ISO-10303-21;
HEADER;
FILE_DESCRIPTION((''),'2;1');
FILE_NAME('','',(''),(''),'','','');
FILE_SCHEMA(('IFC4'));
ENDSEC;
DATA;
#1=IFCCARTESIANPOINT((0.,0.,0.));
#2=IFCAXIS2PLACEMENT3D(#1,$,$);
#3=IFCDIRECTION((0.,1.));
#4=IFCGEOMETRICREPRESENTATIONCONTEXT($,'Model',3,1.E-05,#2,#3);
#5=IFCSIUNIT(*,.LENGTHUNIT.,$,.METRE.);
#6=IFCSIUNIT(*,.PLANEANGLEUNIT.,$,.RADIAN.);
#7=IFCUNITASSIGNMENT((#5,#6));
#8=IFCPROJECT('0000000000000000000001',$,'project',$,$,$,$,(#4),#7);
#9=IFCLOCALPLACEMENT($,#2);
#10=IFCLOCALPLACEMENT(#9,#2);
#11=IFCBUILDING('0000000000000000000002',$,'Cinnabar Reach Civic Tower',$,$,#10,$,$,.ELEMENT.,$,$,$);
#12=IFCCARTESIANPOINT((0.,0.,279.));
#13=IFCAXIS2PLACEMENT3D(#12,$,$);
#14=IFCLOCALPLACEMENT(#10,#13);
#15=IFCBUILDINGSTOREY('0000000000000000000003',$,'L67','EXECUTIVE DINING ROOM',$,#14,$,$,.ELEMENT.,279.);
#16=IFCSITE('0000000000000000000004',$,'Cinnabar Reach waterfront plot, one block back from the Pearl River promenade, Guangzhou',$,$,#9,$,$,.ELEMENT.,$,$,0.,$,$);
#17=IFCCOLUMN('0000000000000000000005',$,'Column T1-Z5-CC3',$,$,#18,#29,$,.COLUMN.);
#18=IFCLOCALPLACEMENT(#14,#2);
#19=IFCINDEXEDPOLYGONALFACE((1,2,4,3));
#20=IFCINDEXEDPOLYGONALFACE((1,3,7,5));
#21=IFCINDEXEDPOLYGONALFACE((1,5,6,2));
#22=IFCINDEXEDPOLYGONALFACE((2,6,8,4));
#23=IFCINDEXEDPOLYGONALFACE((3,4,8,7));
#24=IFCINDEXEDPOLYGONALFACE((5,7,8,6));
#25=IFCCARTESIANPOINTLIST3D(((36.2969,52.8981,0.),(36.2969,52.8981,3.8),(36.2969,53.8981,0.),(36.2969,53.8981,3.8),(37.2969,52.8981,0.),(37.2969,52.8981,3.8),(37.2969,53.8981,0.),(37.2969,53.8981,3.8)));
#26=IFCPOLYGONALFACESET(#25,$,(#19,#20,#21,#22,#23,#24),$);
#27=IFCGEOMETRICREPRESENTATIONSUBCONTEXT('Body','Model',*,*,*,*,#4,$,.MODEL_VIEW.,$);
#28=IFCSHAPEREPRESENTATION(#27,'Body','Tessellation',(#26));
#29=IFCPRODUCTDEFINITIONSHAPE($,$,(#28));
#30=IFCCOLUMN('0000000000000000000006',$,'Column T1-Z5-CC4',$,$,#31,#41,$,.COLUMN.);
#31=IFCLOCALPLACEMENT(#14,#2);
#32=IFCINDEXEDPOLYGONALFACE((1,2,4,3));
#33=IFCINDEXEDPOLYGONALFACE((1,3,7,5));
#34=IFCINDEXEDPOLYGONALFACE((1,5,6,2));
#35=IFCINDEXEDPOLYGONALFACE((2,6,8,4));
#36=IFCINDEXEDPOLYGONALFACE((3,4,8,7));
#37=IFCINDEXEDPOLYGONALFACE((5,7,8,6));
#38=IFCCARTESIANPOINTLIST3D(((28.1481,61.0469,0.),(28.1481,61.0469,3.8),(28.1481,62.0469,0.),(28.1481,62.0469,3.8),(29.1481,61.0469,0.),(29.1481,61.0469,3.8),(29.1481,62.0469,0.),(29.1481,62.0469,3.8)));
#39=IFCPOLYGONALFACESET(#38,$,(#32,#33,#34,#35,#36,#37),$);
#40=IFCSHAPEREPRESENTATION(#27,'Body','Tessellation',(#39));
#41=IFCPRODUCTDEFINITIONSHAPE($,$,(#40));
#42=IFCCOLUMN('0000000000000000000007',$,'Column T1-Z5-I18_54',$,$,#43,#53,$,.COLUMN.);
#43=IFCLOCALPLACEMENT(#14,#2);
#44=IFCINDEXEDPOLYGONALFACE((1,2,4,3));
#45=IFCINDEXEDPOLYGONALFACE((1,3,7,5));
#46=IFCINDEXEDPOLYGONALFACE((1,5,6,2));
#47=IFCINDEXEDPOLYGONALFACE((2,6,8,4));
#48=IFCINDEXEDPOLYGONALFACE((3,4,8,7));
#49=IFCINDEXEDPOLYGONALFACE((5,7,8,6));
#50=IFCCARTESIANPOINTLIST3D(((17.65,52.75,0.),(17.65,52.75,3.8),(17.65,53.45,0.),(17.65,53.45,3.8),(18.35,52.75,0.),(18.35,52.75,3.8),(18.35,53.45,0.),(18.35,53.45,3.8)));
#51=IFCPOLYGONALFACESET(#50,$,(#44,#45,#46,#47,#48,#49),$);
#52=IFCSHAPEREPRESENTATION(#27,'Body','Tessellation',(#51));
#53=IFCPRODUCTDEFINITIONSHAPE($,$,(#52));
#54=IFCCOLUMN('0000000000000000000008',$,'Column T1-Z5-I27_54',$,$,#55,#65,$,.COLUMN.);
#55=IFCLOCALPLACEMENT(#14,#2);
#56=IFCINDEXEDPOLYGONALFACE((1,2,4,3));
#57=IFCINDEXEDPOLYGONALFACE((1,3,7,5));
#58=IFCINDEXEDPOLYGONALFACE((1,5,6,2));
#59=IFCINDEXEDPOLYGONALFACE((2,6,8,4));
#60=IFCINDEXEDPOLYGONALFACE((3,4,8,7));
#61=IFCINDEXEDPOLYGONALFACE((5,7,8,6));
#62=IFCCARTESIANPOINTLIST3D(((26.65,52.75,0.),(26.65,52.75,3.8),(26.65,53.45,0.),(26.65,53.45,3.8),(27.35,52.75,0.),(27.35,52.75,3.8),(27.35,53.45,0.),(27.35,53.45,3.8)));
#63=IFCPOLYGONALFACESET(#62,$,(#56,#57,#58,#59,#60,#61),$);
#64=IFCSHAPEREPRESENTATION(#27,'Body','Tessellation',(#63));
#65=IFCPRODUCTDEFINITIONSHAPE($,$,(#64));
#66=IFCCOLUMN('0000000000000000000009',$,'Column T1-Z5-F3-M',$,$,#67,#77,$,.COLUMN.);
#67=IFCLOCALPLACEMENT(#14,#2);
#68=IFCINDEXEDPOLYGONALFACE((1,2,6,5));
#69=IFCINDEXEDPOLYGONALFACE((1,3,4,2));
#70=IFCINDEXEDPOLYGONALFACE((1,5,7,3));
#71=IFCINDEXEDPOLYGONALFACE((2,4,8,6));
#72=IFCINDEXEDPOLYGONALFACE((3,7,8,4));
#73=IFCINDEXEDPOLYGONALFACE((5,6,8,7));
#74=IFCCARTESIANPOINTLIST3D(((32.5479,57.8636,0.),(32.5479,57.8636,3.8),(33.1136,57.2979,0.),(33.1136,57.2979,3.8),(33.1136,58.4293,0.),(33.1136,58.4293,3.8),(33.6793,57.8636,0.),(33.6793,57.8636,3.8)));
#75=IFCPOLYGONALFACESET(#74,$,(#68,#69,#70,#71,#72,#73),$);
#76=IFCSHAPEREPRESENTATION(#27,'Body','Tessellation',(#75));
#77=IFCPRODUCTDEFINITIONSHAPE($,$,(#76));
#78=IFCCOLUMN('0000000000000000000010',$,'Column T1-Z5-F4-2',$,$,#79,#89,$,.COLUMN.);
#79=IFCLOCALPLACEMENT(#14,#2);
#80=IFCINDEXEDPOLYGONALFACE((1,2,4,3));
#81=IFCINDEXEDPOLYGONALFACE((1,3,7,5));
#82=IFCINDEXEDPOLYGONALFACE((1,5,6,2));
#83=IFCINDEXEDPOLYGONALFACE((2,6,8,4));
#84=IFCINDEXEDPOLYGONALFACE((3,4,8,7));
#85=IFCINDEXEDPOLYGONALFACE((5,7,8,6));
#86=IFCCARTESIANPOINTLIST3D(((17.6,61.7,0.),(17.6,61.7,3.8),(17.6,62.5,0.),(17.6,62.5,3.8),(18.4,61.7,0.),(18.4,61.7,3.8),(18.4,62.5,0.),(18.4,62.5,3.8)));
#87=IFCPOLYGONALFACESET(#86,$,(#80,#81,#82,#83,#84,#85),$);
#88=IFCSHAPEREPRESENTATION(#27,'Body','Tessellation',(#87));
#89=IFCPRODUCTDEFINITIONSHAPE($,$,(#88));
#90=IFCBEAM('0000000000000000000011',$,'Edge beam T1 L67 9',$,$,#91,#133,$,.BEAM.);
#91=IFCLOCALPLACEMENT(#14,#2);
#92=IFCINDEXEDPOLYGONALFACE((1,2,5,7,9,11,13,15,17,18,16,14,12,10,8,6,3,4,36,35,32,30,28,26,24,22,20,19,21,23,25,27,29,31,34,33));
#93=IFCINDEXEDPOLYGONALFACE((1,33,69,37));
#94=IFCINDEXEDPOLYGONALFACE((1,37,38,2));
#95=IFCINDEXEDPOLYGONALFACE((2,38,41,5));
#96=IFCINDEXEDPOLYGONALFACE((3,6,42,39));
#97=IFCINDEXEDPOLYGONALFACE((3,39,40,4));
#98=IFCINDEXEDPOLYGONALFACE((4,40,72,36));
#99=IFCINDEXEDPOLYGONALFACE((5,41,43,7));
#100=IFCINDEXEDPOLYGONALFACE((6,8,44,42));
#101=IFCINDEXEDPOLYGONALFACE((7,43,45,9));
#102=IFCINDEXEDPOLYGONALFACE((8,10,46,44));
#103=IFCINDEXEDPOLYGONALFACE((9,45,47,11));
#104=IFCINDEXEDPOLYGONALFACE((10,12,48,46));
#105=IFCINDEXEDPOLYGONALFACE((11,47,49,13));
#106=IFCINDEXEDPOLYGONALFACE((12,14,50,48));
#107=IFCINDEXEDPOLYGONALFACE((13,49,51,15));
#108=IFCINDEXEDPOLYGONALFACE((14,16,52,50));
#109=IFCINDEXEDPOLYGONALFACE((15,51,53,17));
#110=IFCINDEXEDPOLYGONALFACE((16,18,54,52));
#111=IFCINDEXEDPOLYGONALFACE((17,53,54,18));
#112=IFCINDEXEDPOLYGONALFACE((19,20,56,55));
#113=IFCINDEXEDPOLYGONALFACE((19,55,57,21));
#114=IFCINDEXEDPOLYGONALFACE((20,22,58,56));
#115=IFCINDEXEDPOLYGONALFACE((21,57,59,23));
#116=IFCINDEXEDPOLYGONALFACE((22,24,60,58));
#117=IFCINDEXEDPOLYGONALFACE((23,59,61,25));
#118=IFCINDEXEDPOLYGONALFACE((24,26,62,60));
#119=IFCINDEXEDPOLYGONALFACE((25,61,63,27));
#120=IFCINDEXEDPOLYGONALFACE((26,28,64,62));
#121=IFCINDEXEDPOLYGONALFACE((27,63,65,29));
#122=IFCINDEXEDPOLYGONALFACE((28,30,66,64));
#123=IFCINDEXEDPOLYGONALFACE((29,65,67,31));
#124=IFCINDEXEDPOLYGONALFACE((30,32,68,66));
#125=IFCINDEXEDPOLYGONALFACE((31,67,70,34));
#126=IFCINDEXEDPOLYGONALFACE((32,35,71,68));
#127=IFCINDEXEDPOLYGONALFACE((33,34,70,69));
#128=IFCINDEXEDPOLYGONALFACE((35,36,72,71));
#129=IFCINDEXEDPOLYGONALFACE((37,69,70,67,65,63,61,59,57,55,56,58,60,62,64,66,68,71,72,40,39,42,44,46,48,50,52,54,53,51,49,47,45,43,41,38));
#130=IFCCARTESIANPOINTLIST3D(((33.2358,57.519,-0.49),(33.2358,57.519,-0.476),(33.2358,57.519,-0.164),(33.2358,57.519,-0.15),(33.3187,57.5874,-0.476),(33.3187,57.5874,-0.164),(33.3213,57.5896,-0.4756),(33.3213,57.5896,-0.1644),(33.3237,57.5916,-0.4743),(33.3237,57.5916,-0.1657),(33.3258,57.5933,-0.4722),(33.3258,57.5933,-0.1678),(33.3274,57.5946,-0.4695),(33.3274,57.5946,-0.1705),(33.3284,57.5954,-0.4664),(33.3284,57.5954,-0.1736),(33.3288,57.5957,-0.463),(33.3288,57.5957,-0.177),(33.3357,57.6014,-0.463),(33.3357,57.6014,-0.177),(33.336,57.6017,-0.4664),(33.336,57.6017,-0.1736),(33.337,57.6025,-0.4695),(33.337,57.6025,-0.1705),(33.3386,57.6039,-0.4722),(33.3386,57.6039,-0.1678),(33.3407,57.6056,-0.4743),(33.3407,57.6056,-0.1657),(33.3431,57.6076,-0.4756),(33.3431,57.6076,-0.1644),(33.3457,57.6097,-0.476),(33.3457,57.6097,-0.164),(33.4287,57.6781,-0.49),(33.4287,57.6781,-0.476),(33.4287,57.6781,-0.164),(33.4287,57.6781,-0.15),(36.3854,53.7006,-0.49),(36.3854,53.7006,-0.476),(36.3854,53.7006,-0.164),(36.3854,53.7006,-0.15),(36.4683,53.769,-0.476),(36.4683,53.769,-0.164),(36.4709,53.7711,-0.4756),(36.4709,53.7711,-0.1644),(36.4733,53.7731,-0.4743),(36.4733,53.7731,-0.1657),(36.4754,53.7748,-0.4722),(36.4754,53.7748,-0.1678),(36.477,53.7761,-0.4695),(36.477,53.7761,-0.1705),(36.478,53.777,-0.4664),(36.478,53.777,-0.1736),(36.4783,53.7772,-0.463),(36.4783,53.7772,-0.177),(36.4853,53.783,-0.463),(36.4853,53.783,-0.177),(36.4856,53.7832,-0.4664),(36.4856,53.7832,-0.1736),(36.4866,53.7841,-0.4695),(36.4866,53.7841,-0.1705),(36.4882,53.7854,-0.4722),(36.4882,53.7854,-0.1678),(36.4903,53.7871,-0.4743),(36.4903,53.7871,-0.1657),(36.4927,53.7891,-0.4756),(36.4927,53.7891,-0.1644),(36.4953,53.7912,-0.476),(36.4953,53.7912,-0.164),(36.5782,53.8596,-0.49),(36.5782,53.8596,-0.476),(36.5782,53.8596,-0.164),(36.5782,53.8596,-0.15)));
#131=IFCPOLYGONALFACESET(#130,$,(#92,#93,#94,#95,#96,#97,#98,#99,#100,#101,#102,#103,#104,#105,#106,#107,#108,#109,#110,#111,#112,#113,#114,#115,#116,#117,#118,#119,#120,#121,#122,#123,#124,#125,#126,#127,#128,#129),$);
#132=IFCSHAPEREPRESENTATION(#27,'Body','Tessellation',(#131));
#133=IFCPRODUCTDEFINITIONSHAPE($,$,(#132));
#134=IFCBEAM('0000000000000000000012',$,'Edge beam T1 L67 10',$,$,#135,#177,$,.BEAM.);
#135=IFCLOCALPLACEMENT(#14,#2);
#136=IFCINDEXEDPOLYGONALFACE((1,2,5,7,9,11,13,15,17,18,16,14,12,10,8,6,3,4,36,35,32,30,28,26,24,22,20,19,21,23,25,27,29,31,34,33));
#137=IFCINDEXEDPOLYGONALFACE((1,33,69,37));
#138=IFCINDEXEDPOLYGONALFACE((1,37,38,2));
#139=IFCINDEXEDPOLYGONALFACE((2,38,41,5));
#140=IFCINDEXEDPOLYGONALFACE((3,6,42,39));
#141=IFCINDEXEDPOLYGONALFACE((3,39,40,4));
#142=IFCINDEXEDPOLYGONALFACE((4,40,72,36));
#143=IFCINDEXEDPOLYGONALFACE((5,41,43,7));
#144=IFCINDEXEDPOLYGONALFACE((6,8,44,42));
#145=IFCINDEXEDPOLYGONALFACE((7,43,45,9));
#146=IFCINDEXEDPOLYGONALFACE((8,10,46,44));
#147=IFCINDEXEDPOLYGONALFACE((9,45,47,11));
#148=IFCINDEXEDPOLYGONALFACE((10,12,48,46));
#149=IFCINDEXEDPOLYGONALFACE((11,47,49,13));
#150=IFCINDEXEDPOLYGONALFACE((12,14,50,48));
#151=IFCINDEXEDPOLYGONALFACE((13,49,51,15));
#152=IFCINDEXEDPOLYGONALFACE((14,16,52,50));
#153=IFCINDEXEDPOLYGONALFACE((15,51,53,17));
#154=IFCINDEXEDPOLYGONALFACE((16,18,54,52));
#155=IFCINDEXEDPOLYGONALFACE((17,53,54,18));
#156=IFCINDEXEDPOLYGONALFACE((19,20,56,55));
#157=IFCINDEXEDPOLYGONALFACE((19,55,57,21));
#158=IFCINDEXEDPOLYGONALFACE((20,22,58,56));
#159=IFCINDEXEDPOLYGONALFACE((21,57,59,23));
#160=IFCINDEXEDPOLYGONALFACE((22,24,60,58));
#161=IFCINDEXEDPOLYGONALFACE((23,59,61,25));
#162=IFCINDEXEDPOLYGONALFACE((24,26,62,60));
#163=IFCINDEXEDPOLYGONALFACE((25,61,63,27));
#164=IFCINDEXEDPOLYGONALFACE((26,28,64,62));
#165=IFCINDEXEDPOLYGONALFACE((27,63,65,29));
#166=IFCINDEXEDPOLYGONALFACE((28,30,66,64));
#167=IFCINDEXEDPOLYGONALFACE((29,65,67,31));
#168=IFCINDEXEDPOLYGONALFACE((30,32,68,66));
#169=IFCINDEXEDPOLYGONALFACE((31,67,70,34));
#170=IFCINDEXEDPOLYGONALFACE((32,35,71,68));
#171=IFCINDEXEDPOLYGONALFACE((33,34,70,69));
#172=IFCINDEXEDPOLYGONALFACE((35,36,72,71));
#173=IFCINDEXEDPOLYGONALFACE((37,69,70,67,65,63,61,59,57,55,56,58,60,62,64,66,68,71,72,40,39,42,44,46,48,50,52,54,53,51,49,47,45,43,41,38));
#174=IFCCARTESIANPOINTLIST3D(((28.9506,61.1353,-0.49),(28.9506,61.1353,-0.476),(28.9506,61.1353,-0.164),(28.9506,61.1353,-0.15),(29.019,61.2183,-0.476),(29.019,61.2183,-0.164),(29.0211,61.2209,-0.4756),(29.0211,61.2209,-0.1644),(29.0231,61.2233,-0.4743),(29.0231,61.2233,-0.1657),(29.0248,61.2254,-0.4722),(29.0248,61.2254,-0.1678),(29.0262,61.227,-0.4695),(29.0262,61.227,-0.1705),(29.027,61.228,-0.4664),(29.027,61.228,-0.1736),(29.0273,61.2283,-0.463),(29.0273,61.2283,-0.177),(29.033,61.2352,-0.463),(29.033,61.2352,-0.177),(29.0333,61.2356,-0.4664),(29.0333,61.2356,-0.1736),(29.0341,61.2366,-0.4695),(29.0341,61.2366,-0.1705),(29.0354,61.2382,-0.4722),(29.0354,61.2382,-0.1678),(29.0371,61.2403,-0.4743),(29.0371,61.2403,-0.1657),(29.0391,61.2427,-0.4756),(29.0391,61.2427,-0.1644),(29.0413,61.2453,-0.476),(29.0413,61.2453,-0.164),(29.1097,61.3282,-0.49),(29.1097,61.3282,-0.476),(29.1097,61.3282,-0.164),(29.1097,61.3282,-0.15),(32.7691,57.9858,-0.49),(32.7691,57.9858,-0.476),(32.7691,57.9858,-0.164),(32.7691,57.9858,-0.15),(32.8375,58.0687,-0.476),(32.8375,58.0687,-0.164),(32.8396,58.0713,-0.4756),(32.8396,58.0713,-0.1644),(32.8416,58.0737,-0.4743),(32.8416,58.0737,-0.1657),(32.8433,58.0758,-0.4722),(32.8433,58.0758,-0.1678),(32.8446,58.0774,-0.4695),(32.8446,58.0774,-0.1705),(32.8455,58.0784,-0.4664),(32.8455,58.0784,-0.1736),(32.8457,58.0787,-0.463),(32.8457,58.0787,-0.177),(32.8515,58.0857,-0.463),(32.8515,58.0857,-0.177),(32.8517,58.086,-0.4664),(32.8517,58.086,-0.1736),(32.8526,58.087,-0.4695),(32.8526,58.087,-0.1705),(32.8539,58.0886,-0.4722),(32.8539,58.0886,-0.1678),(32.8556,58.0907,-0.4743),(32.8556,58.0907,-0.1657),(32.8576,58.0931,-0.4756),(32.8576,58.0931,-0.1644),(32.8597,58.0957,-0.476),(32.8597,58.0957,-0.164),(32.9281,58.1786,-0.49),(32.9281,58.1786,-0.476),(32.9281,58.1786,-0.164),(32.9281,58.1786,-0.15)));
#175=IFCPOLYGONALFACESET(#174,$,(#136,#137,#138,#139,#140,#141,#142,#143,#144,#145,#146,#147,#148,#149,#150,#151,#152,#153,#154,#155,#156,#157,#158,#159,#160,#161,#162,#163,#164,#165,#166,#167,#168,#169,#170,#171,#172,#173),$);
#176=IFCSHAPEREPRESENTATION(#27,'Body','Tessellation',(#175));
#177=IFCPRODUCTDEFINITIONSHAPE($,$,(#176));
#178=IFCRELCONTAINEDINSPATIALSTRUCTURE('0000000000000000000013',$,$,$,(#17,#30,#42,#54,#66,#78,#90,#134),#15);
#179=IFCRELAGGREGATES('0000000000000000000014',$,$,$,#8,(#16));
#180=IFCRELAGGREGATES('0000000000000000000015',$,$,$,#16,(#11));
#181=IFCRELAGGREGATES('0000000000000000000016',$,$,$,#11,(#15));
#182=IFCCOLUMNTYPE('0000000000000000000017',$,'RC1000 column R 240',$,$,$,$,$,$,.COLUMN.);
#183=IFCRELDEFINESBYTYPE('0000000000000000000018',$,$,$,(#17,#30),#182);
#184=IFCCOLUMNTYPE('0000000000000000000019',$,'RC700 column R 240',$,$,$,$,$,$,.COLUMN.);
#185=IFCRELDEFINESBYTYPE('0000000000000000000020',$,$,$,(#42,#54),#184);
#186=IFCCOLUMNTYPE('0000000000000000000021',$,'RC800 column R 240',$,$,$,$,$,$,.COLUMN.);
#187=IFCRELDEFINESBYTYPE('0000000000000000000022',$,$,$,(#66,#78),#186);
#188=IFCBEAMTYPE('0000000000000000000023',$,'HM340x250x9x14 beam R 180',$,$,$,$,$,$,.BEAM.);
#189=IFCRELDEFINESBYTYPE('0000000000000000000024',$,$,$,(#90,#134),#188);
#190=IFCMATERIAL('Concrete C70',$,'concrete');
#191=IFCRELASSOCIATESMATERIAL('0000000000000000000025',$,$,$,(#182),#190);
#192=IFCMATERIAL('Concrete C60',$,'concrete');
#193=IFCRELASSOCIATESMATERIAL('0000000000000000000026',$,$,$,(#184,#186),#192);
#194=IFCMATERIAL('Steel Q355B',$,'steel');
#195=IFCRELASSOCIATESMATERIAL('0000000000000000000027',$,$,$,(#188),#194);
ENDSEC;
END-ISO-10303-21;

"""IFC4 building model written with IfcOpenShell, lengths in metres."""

from ifc_helpers import new_model, si_unit, direction, frame, origin, origin_2d, place, context, subcontext, project, spatial, rectangle, i_section, extrude, material, material_profile, profile_set, type_object, element, save


model = new_model("IFC4")

# Units and contexts
model_context = context("Model", 3, precision=1e-05, world=origin(), true_north=direction((0.0, 1.0)))
body_context = subcontext(model_context, "Body", "Model", "MODEL_VIEW")
ifc_project = project(units=[si_unit("LENGTHUNIT", "METRE"), si_unit("PLANEANGLEUNIT", "RADIAN")], contexts=[model_context])

# Site, building, storey
site_placement = place(None, origin())
site = spatial("IfcSite", under=ifc_project, at=site_placement, Name="Cinnabar Reach waterfront plot, one block back from the Pearl River promenade, Guangzhou", CompositionType="ELEMENT", RefElevation=0.0)
building_placement = place(site_placement, origin())
building = spatial("IfcBuilding", under=site, at=building_placement, Name="Cinnabar Reach Civic Tower", CompositionType="ELEMENT")
storey_placement = place(building_placement, frame((0.0, 0.0, 279.0)))
storey = spatial("IfcBuildingStorey", under=building, at=storey_placement, Name="L67", Description="EXECUTIVE DINING ROOM", CompositionType="ELEMENT", Elevation=279.0)

# Columns
ifc_material_1 = material(Name="Concrete C70", Category="concrete")
ifc_material_profile_1 = material_profile(ifc_material_1, rectangle(XDim=1.0, YDim=1.0, at=origin_2d()), Name="RC1000")
ifc_profile_set_1 = profile_set([ifc_material_profile_1], Name="Concrete C70")
column_type_1 = type_object("IfcColumnType", Name="RC1000 column R 240", PredefinedType="COLUMN", material=ifc_profile_set_1)
for number, where, z_axis, x_axis, name in (
    (1, (36.7969, 53.3981, 0.0), (0.0, 0.0, 1.0), (1.0, 0.0, 0.0), "Column T1-Z5-CC3"),
    (2, (28.6481, 61.5469, 0.0), (0.0, 0.0, 1.0), (1.0, 0.0, 0.0), "Column T1-Z5-CC4"),
):
    element("IfcColumn", number, at=place(storey_placement, frame(where, z_axis=z_axis, x_axis=x_axis)), inside=storey, type_object=column_type_1, Name=name, PredefinedType="COLUMN", context=body_context, shape_type="SweptSolid", body=[
        extrude(rectangle(XDim=1.0, YDim=1.0, at=origin_2d()), origin(), (0.0, 0.0, 1.0), 3.8),
    ])
ifc_material_2 = material(Name="Concrete C60", Category="concrete")
ifc_material_profile_2 = material_profile(ifc_material_2, rectangle(XDim=0.7, YDim=0.7, at=origin_2d()), Name="RC700")
ifc_profile_set_2 = profile_set([ifc_material_profile_2], Name="Concrete C60")
column_type_2 = type_object("IfcColumnType", Name="RC700 column R 240", PredefinedType="COLUMN", material=ifc_profile_set_2)
for number, where, z_axis, x_axis, name in (
    (3, (18.0, 53.1, 0.0), (0.0, 0.0, 1.0), (1.0, 0.0, 0.0), "Column T1-Z5-I18_54"),
    (4, (27.0, 53.1, 0.0), (0.0, 0.0, 1.0), (1.0, 0.0, 0.0), "Column T1-Z5-I27_54"),
):
    element("IfcColumn", number, at=place(storey_placement, frame(where, z_axis=z_axis, x_axis=x_axis)), inside=storey, type_object=column_type_2, Name=name, PredefinedType="COLUMN", context=body_context, shape_type="SweptSolid", body=[
        extrude(rectangle(XDim=0.7, YDim=0.7, at=origin_2d()), origin(), (0.0, 0.0, 1.0), 3.8),
    ])
ifc_material_profile_3 = material_profile(ifc_material_2, rectangle(XDim=0.8, YDim=0.8, at=origin_2d()), Name="RC800")
ifc_profile_set_3 = profile_set([ifc_material_profile_3], Name="Concrete C60")
column_type_3 = type_object("IfcColumnType", Name="RC800 column R 240", PredefinedType="COLUMN", material=ifc_profile_set_3)
for number, where, z_axis, x_axis, name in (
    (5, (33.1136, 57.8636, 0.0), (0.0, 0.0, 1.0), (0.707107, 0.707107, 0.0), "Column T1-Z5-F3-M"),
    (6, (18.0, 62.1, 0.0), (0.0, 0.0, 1.0), (1.0, 0.0, 0.0), "Column T1-Z5-F4-2"),
):
    element("IfcColumn", number, at=place(storey_placement, frame(where, z_axis=z_axis, x_axis=x_axis)), inside=storey, type_object=column_type_3, Name=name, PredefinedType="COLUMN", context=body_context, shape_type="SweptSolid", body=[
        extrude(rectangle(XDim=0.8, YDim=0.8, at=origin_2d()), origin(), (0.0, 0.0, 1.0), 3.8),
    ])

# Beams
ifc_material_3 = material(Name="Steel Q355B", Category="steel")
ifc_material_profile_4 = material_profile(ifc_material_3, i_section(OverallWidth=0.25, OverallDepth=0.34, WebThickness=0.009, FlangeThickness=0.014, FilletRadius=0.013, at=origin_2d()), Name="HM340x250x9x14")
ifc_profile_set_4 = profile_set([ifc_material_profile_4], Name="Steel Q355B")
beam_type_1 = type_object("IfcBeamType", Name="HM340x250x9x14 beam R 180", PredefinedType="BEAM", material=ifc_profile_set_4)
for number, where, z_axis, x_axis, name in (
    (7, (36.4818, 53.7801, -0.32), (-0.636303, 0.771439, 0.0), (-0.771439, -0.636303, 0.0), "Edge beam T1 L67 9"),
    (8, (32.8486, 58.0822, -0.32), (-0.771439, 0.636303, 0.0), (-0.636303, -0.771439, 0.0), "Edge beam T1 L67 10"),
):
    element("IfcBeam", number, at=place(storey_placement, frame(where, z_axis=z_axis, x_axis=x_axis)), inside=storey, type_object=beam_type_1, Name=name, PredefinedType="BEAM", context=body_context, shape_type="SweptSolid", body=[
        extrude(i_section(OverallWidth=0.25, OverallDepth=0.34, WebThickness=0.009, FlangeThickness=0.014, FilletRadius=0.013, at=origin_2d()), origin(), (0.0, 0.0, 1.0), 4.9498),
    ])

save(model, "model.ifc")
